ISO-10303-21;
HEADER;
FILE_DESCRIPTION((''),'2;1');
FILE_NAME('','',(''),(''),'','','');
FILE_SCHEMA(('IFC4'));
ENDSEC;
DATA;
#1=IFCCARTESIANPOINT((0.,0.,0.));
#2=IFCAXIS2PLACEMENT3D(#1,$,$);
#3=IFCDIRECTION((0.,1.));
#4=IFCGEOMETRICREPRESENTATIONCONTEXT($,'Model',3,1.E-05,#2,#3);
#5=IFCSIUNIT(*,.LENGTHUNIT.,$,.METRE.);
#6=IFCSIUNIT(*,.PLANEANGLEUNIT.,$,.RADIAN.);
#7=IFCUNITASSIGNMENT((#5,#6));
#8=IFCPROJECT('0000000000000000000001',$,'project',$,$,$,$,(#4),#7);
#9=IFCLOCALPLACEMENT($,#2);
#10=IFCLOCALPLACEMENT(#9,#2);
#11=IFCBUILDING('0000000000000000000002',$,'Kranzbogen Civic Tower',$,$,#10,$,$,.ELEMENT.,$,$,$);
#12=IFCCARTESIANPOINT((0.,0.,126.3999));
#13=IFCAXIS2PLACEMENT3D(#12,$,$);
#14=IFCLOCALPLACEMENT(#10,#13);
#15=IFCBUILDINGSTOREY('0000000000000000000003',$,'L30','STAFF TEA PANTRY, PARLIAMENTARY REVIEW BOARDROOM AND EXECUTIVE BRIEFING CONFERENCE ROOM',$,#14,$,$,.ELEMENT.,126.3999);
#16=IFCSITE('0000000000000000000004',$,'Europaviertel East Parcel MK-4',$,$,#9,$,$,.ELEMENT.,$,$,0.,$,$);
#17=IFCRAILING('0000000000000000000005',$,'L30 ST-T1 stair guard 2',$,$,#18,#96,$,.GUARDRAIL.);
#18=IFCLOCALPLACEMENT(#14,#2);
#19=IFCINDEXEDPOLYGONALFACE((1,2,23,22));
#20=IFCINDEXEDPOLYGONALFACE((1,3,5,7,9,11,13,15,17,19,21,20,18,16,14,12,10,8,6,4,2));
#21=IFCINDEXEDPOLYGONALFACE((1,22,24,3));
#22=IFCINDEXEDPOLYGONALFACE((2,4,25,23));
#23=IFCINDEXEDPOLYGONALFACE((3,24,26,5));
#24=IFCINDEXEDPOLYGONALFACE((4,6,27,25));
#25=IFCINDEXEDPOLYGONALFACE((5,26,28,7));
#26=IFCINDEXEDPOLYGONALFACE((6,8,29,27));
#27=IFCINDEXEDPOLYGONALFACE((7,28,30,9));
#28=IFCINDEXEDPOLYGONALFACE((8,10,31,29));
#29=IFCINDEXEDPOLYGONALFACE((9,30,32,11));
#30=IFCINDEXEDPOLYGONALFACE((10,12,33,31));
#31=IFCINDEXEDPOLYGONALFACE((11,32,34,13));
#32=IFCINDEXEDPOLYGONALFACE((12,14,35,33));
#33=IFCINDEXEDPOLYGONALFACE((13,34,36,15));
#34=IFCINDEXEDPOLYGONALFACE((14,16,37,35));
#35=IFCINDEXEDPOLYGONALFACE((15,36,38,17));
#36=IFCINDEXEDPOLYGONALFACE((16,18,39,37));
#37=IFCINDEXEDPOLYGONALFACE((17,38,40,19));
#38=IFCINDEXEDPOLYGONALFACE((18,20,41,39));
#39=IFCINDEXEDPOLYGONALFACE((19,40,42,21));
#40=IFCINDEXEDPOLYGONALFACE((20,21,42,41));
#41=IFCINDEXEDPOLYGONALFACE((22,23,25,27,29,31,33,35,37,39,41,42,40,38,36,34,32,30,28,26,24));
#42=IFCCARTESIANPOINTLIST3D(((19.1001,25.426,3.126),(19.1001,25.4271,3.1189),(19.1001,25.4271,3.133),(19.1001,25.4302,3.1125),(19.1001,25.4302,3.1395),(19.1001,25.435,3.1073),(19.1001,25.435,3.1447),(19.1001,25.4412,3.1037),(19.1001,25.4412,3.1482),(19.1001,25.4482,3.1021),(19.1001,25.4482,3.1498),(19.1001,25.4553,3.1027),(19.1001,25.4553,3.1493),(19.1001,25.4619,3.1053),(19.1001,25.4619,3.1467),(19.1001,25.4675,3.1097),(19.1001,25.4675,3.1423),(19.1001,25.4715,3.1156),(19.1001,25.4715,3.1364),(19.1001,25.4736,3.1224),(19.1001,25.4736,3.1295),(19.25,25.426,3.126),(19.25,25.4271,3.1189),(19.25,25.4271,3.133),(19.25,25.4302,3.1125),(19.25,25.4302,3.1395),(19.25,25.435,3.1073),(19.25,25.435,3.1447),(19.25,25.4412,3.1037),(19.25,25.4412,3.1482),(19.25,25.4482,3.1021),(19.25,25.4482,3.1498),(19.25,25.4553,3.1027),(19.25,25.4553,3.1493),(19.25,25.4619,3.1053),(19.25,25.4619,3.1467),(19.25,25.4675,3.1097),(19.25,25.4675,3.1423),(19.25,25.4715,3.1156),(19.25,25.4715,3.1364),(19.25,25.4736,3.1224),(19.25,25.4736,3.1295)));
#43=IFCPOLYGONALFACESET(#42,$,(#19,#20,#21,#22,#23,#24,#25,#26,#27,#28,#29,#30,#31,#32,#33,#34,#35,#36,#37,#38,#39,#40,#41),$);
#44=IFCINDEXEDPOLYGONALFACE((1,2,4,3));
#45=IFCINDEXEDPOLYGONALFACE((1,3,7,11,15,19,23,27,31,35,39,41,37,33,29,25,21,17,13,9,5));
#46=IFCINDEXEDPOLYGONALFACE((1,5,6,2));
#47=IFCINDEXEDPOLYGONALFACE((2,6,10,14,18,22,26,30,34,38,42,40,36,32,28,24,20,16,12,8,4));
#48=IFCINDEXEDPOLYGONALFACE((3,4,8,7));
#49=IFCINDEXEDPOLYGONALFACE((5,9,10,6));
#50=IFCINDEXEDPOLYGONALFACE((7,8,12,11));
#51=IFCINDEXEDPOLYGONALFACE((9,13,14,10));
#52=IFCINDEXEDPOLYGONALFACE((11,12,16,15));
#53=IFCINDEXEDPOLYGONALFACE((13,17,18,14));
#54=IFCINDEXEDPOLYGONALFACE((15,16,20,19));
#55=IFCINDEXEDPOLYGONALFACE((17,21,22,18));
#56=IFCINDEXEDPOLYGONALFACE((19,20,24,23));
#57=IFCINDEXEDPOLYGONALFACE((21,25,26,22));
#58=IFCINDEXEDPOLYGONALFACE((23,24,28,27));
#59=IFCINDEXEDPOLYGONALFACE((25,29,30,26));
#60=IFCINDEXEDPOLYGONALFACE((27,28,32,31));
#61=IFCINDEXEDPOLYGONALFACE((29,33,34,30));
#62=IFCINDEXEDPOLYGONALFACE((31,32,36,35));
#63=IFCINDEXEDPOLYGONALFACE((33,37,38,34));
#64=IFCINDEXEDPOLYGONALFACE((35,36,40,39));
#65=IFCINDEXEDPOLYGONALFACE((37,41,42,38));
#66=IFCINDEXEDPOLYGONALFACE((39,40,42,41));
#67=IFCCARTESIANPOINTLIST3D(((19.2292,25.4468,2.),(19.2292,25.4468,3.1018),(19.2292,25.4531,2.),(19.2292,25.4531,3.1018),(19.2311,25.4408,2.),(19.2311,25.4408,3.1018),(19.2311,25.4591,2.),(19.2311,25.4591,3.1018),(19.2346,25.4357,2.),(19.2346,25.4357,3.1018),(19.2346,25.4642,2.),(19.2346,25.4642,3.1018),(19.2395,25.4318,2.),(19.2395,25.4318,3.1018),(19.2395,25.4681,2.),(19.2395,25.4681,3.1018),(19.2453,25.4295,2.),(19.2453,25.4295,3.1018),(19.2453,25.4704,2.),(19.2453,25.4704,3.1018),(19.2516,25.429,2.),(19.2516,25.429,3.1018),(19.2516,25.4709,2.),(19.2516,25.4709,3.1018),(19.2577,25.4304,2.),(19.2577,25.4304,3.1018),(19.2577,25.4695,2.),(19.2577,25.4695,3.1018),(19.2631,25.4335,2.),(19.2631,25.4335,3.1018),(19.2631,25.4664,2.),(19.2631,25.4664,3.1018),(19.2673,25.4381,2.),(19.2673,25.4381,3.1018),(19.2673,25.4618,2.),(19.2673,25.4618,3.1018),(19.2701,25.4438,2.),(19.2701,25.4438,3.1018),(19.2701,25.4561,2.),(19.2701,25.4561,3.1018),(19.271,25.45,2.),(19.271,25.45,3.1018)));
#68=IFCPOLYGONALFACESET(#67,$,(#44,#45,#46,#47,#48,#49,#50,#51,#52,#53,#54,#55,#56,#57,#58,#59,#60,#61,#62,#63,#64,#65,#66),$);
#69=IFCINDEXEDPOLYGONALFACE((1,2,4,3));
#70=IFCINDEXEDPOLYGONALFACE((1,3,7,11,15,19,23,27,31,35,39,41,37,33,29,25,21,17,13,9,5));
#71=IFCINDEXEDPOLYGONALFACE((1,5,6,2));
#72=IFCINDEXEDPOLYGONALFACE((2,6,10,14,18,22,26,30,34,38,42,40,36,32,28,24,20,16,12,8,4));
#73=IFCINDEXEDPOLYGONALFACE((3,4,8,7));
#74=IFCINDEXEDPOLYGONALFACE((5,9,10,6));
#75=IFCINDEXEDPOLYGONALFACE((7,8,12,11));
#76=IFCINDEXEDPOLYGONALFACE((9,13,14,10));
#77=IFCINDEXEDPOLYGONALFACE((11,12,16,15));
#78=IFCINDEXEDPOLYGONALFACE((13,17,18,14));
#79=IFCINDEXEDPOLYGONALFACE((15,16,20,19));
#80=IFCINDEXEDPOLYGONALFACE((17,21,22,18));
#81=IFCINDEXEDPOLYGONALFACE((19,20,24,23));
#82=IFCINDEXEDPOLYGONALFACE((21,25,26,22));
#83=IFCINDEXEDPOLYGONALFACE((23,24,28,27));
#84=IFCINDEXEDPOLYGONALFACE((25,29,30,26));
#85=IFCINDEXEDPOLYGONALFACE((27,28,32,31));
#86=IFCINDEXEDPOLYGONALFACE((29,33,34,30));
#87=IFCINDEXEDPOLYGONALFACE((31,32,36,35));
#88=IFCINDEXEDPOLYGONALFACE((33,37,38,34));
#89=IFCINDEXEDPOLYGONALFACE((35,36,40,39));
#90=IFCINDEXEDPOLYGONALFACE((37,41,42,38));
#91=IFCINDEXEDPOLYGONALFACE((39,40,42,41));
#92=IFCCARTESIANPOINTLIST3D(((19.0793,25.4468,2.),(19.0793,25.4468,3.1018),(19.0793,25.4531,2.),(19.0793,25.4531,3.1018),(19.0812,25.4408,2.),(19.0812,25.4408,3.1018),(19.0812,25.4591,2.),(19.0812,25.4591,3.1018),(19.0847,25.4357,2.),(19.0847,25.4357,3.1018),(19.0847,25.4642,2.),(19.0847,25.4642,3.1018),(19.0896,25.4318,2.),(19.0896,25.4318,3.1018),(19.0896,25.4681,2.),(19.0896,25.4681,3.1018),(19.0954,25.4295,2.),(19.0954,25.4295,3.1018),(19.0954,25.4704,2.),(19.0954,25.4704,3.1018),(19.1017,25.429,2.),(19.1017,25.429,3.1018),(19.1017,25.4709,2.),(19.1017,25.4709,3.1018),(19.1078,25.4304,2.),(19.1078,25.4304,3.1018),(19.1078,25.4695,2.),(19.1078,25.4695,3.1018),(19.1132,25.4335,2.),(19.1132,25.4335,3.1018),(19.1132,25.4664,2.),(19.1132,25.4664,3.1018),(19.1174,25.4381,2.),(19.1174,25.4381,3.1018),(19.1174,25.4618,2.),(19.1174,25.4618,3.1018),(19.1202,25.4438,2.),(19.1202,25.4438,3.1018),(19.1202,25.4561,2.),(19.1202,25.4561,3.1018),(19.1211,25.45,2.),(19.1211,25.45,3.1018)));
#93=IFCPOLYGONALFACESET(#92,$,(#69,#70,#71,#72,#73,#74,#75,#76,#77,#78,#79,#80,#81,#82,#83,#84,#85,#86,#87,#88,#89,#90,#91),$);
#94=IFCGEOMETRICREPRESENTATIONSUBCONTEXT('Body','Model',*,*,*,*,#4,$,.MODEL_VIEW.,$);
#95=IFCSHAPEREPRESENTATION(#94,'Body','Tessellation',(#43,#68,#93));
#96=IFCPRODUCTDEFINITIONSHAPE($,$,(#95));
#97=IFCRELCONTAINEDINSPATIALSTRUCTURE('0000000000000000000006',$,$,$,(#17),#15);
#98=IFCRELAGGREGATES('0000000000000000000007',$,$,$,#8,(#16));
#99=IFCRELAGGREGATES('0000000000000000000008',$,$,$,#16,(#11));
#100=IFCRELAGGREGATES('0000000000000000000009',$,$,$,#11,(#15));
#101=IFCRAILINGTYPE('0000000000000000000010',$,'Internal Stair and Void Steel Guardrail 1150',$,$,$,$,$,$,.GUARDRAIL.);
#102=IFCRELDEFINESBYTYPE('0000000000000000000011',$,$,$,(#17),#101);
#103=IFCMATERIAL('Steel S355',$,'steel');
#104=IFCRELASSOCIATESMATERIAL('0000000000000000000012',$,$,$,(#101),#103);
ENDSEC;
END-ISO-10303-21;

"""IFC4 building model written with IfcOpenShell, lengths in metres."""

from ifc_helpers import new_model, si_unit, direction, frame, origin, origin_2d, place, context, subcontext, project, spatial, circle, extrude, material, type_object, element, save


model = new_model("IFC4")

# Units and contexts
model_context = context("Model", 3, precision=1e-05, world=origin(), true_north=direction((0.0, 1.0)))
body_context = subcontext(model_context, "Body", "Model", "MODEL_VIEW")
ifc_project = project(units=[si_unit("LENGTHUNIT", "METRE"), si_unit("PLANEANGLEUNIT", "RADIAN")], contexts=[model_context])

# Site, building, storey
site_placement = place(None, origin())
site = spatial("IfcSite", under=ifc_project, at=site_placement, Name="Europaviertel East Parcel MK-4", CompositionType="ELEMENT", RefElevation=0.0)
building_placement = place(site_placement, origin())
building = spatial("IfcBuilding", under=site, at=building_placement, Name="Kranzbogen Civic Tower", CompositionType="ELEMENT")
storey_placement = place(building_placement, frame((0.0, 0.0, 126.3999)))
storey = spatial("IfcBuildingStorey", under=building, at=storey_placement, Name="L30", Description="STAFF TEA PANTRY, PARLIAMENTARY REVIEW BOARDROOM AND EXECUTIVE BRIEFING CONFERENCE ROOM", CompositionType="ELEMENT", Elevation=126.3999)

# Shared definitions
ifc_material_1 = material(Name="Steel S355", Category="steel")

# Railing
railing_type_1 = type_object("IfcRailingType", Name="Internal Stair and Void Steel Guardrail 1150", PredefinedType="GUARDRAIL", material=ifc_material_1)
railing_1_placement = place(storey_placement, frame((19.25, 25.45, 2.0)))
element("IfcRailing", 1, at=railing_1_placement, inside=storey, type_object=railing_type_1, Name="L30 ST-T1 stair guard 2", PredefinedType="GUARDRAIL", context=body_context, shape_type="SweptSolid", body=[
    extrude(circle(Radius=0.0239, at=origin_2d()), frame((0.0, 0.0, 1.126), z_axis=(-1.0, 0.0, 0.0), x_axis=(0.0, -1.0, 0.0)), (0.0, 0.0, 1.0), 0.1499),
    extrude(circle(Radius=0.021, at=origin_2d()), origin(), (0.0, 0.0, 1.0), 1.1018),
    extrude(circle(Radius=0.021, at=origin_2d()), frame((-0.1499, 0.0, 0.0)), (0.0, 0.0, 1.0), 1.1018),
])

save(model, "model.ifc")
